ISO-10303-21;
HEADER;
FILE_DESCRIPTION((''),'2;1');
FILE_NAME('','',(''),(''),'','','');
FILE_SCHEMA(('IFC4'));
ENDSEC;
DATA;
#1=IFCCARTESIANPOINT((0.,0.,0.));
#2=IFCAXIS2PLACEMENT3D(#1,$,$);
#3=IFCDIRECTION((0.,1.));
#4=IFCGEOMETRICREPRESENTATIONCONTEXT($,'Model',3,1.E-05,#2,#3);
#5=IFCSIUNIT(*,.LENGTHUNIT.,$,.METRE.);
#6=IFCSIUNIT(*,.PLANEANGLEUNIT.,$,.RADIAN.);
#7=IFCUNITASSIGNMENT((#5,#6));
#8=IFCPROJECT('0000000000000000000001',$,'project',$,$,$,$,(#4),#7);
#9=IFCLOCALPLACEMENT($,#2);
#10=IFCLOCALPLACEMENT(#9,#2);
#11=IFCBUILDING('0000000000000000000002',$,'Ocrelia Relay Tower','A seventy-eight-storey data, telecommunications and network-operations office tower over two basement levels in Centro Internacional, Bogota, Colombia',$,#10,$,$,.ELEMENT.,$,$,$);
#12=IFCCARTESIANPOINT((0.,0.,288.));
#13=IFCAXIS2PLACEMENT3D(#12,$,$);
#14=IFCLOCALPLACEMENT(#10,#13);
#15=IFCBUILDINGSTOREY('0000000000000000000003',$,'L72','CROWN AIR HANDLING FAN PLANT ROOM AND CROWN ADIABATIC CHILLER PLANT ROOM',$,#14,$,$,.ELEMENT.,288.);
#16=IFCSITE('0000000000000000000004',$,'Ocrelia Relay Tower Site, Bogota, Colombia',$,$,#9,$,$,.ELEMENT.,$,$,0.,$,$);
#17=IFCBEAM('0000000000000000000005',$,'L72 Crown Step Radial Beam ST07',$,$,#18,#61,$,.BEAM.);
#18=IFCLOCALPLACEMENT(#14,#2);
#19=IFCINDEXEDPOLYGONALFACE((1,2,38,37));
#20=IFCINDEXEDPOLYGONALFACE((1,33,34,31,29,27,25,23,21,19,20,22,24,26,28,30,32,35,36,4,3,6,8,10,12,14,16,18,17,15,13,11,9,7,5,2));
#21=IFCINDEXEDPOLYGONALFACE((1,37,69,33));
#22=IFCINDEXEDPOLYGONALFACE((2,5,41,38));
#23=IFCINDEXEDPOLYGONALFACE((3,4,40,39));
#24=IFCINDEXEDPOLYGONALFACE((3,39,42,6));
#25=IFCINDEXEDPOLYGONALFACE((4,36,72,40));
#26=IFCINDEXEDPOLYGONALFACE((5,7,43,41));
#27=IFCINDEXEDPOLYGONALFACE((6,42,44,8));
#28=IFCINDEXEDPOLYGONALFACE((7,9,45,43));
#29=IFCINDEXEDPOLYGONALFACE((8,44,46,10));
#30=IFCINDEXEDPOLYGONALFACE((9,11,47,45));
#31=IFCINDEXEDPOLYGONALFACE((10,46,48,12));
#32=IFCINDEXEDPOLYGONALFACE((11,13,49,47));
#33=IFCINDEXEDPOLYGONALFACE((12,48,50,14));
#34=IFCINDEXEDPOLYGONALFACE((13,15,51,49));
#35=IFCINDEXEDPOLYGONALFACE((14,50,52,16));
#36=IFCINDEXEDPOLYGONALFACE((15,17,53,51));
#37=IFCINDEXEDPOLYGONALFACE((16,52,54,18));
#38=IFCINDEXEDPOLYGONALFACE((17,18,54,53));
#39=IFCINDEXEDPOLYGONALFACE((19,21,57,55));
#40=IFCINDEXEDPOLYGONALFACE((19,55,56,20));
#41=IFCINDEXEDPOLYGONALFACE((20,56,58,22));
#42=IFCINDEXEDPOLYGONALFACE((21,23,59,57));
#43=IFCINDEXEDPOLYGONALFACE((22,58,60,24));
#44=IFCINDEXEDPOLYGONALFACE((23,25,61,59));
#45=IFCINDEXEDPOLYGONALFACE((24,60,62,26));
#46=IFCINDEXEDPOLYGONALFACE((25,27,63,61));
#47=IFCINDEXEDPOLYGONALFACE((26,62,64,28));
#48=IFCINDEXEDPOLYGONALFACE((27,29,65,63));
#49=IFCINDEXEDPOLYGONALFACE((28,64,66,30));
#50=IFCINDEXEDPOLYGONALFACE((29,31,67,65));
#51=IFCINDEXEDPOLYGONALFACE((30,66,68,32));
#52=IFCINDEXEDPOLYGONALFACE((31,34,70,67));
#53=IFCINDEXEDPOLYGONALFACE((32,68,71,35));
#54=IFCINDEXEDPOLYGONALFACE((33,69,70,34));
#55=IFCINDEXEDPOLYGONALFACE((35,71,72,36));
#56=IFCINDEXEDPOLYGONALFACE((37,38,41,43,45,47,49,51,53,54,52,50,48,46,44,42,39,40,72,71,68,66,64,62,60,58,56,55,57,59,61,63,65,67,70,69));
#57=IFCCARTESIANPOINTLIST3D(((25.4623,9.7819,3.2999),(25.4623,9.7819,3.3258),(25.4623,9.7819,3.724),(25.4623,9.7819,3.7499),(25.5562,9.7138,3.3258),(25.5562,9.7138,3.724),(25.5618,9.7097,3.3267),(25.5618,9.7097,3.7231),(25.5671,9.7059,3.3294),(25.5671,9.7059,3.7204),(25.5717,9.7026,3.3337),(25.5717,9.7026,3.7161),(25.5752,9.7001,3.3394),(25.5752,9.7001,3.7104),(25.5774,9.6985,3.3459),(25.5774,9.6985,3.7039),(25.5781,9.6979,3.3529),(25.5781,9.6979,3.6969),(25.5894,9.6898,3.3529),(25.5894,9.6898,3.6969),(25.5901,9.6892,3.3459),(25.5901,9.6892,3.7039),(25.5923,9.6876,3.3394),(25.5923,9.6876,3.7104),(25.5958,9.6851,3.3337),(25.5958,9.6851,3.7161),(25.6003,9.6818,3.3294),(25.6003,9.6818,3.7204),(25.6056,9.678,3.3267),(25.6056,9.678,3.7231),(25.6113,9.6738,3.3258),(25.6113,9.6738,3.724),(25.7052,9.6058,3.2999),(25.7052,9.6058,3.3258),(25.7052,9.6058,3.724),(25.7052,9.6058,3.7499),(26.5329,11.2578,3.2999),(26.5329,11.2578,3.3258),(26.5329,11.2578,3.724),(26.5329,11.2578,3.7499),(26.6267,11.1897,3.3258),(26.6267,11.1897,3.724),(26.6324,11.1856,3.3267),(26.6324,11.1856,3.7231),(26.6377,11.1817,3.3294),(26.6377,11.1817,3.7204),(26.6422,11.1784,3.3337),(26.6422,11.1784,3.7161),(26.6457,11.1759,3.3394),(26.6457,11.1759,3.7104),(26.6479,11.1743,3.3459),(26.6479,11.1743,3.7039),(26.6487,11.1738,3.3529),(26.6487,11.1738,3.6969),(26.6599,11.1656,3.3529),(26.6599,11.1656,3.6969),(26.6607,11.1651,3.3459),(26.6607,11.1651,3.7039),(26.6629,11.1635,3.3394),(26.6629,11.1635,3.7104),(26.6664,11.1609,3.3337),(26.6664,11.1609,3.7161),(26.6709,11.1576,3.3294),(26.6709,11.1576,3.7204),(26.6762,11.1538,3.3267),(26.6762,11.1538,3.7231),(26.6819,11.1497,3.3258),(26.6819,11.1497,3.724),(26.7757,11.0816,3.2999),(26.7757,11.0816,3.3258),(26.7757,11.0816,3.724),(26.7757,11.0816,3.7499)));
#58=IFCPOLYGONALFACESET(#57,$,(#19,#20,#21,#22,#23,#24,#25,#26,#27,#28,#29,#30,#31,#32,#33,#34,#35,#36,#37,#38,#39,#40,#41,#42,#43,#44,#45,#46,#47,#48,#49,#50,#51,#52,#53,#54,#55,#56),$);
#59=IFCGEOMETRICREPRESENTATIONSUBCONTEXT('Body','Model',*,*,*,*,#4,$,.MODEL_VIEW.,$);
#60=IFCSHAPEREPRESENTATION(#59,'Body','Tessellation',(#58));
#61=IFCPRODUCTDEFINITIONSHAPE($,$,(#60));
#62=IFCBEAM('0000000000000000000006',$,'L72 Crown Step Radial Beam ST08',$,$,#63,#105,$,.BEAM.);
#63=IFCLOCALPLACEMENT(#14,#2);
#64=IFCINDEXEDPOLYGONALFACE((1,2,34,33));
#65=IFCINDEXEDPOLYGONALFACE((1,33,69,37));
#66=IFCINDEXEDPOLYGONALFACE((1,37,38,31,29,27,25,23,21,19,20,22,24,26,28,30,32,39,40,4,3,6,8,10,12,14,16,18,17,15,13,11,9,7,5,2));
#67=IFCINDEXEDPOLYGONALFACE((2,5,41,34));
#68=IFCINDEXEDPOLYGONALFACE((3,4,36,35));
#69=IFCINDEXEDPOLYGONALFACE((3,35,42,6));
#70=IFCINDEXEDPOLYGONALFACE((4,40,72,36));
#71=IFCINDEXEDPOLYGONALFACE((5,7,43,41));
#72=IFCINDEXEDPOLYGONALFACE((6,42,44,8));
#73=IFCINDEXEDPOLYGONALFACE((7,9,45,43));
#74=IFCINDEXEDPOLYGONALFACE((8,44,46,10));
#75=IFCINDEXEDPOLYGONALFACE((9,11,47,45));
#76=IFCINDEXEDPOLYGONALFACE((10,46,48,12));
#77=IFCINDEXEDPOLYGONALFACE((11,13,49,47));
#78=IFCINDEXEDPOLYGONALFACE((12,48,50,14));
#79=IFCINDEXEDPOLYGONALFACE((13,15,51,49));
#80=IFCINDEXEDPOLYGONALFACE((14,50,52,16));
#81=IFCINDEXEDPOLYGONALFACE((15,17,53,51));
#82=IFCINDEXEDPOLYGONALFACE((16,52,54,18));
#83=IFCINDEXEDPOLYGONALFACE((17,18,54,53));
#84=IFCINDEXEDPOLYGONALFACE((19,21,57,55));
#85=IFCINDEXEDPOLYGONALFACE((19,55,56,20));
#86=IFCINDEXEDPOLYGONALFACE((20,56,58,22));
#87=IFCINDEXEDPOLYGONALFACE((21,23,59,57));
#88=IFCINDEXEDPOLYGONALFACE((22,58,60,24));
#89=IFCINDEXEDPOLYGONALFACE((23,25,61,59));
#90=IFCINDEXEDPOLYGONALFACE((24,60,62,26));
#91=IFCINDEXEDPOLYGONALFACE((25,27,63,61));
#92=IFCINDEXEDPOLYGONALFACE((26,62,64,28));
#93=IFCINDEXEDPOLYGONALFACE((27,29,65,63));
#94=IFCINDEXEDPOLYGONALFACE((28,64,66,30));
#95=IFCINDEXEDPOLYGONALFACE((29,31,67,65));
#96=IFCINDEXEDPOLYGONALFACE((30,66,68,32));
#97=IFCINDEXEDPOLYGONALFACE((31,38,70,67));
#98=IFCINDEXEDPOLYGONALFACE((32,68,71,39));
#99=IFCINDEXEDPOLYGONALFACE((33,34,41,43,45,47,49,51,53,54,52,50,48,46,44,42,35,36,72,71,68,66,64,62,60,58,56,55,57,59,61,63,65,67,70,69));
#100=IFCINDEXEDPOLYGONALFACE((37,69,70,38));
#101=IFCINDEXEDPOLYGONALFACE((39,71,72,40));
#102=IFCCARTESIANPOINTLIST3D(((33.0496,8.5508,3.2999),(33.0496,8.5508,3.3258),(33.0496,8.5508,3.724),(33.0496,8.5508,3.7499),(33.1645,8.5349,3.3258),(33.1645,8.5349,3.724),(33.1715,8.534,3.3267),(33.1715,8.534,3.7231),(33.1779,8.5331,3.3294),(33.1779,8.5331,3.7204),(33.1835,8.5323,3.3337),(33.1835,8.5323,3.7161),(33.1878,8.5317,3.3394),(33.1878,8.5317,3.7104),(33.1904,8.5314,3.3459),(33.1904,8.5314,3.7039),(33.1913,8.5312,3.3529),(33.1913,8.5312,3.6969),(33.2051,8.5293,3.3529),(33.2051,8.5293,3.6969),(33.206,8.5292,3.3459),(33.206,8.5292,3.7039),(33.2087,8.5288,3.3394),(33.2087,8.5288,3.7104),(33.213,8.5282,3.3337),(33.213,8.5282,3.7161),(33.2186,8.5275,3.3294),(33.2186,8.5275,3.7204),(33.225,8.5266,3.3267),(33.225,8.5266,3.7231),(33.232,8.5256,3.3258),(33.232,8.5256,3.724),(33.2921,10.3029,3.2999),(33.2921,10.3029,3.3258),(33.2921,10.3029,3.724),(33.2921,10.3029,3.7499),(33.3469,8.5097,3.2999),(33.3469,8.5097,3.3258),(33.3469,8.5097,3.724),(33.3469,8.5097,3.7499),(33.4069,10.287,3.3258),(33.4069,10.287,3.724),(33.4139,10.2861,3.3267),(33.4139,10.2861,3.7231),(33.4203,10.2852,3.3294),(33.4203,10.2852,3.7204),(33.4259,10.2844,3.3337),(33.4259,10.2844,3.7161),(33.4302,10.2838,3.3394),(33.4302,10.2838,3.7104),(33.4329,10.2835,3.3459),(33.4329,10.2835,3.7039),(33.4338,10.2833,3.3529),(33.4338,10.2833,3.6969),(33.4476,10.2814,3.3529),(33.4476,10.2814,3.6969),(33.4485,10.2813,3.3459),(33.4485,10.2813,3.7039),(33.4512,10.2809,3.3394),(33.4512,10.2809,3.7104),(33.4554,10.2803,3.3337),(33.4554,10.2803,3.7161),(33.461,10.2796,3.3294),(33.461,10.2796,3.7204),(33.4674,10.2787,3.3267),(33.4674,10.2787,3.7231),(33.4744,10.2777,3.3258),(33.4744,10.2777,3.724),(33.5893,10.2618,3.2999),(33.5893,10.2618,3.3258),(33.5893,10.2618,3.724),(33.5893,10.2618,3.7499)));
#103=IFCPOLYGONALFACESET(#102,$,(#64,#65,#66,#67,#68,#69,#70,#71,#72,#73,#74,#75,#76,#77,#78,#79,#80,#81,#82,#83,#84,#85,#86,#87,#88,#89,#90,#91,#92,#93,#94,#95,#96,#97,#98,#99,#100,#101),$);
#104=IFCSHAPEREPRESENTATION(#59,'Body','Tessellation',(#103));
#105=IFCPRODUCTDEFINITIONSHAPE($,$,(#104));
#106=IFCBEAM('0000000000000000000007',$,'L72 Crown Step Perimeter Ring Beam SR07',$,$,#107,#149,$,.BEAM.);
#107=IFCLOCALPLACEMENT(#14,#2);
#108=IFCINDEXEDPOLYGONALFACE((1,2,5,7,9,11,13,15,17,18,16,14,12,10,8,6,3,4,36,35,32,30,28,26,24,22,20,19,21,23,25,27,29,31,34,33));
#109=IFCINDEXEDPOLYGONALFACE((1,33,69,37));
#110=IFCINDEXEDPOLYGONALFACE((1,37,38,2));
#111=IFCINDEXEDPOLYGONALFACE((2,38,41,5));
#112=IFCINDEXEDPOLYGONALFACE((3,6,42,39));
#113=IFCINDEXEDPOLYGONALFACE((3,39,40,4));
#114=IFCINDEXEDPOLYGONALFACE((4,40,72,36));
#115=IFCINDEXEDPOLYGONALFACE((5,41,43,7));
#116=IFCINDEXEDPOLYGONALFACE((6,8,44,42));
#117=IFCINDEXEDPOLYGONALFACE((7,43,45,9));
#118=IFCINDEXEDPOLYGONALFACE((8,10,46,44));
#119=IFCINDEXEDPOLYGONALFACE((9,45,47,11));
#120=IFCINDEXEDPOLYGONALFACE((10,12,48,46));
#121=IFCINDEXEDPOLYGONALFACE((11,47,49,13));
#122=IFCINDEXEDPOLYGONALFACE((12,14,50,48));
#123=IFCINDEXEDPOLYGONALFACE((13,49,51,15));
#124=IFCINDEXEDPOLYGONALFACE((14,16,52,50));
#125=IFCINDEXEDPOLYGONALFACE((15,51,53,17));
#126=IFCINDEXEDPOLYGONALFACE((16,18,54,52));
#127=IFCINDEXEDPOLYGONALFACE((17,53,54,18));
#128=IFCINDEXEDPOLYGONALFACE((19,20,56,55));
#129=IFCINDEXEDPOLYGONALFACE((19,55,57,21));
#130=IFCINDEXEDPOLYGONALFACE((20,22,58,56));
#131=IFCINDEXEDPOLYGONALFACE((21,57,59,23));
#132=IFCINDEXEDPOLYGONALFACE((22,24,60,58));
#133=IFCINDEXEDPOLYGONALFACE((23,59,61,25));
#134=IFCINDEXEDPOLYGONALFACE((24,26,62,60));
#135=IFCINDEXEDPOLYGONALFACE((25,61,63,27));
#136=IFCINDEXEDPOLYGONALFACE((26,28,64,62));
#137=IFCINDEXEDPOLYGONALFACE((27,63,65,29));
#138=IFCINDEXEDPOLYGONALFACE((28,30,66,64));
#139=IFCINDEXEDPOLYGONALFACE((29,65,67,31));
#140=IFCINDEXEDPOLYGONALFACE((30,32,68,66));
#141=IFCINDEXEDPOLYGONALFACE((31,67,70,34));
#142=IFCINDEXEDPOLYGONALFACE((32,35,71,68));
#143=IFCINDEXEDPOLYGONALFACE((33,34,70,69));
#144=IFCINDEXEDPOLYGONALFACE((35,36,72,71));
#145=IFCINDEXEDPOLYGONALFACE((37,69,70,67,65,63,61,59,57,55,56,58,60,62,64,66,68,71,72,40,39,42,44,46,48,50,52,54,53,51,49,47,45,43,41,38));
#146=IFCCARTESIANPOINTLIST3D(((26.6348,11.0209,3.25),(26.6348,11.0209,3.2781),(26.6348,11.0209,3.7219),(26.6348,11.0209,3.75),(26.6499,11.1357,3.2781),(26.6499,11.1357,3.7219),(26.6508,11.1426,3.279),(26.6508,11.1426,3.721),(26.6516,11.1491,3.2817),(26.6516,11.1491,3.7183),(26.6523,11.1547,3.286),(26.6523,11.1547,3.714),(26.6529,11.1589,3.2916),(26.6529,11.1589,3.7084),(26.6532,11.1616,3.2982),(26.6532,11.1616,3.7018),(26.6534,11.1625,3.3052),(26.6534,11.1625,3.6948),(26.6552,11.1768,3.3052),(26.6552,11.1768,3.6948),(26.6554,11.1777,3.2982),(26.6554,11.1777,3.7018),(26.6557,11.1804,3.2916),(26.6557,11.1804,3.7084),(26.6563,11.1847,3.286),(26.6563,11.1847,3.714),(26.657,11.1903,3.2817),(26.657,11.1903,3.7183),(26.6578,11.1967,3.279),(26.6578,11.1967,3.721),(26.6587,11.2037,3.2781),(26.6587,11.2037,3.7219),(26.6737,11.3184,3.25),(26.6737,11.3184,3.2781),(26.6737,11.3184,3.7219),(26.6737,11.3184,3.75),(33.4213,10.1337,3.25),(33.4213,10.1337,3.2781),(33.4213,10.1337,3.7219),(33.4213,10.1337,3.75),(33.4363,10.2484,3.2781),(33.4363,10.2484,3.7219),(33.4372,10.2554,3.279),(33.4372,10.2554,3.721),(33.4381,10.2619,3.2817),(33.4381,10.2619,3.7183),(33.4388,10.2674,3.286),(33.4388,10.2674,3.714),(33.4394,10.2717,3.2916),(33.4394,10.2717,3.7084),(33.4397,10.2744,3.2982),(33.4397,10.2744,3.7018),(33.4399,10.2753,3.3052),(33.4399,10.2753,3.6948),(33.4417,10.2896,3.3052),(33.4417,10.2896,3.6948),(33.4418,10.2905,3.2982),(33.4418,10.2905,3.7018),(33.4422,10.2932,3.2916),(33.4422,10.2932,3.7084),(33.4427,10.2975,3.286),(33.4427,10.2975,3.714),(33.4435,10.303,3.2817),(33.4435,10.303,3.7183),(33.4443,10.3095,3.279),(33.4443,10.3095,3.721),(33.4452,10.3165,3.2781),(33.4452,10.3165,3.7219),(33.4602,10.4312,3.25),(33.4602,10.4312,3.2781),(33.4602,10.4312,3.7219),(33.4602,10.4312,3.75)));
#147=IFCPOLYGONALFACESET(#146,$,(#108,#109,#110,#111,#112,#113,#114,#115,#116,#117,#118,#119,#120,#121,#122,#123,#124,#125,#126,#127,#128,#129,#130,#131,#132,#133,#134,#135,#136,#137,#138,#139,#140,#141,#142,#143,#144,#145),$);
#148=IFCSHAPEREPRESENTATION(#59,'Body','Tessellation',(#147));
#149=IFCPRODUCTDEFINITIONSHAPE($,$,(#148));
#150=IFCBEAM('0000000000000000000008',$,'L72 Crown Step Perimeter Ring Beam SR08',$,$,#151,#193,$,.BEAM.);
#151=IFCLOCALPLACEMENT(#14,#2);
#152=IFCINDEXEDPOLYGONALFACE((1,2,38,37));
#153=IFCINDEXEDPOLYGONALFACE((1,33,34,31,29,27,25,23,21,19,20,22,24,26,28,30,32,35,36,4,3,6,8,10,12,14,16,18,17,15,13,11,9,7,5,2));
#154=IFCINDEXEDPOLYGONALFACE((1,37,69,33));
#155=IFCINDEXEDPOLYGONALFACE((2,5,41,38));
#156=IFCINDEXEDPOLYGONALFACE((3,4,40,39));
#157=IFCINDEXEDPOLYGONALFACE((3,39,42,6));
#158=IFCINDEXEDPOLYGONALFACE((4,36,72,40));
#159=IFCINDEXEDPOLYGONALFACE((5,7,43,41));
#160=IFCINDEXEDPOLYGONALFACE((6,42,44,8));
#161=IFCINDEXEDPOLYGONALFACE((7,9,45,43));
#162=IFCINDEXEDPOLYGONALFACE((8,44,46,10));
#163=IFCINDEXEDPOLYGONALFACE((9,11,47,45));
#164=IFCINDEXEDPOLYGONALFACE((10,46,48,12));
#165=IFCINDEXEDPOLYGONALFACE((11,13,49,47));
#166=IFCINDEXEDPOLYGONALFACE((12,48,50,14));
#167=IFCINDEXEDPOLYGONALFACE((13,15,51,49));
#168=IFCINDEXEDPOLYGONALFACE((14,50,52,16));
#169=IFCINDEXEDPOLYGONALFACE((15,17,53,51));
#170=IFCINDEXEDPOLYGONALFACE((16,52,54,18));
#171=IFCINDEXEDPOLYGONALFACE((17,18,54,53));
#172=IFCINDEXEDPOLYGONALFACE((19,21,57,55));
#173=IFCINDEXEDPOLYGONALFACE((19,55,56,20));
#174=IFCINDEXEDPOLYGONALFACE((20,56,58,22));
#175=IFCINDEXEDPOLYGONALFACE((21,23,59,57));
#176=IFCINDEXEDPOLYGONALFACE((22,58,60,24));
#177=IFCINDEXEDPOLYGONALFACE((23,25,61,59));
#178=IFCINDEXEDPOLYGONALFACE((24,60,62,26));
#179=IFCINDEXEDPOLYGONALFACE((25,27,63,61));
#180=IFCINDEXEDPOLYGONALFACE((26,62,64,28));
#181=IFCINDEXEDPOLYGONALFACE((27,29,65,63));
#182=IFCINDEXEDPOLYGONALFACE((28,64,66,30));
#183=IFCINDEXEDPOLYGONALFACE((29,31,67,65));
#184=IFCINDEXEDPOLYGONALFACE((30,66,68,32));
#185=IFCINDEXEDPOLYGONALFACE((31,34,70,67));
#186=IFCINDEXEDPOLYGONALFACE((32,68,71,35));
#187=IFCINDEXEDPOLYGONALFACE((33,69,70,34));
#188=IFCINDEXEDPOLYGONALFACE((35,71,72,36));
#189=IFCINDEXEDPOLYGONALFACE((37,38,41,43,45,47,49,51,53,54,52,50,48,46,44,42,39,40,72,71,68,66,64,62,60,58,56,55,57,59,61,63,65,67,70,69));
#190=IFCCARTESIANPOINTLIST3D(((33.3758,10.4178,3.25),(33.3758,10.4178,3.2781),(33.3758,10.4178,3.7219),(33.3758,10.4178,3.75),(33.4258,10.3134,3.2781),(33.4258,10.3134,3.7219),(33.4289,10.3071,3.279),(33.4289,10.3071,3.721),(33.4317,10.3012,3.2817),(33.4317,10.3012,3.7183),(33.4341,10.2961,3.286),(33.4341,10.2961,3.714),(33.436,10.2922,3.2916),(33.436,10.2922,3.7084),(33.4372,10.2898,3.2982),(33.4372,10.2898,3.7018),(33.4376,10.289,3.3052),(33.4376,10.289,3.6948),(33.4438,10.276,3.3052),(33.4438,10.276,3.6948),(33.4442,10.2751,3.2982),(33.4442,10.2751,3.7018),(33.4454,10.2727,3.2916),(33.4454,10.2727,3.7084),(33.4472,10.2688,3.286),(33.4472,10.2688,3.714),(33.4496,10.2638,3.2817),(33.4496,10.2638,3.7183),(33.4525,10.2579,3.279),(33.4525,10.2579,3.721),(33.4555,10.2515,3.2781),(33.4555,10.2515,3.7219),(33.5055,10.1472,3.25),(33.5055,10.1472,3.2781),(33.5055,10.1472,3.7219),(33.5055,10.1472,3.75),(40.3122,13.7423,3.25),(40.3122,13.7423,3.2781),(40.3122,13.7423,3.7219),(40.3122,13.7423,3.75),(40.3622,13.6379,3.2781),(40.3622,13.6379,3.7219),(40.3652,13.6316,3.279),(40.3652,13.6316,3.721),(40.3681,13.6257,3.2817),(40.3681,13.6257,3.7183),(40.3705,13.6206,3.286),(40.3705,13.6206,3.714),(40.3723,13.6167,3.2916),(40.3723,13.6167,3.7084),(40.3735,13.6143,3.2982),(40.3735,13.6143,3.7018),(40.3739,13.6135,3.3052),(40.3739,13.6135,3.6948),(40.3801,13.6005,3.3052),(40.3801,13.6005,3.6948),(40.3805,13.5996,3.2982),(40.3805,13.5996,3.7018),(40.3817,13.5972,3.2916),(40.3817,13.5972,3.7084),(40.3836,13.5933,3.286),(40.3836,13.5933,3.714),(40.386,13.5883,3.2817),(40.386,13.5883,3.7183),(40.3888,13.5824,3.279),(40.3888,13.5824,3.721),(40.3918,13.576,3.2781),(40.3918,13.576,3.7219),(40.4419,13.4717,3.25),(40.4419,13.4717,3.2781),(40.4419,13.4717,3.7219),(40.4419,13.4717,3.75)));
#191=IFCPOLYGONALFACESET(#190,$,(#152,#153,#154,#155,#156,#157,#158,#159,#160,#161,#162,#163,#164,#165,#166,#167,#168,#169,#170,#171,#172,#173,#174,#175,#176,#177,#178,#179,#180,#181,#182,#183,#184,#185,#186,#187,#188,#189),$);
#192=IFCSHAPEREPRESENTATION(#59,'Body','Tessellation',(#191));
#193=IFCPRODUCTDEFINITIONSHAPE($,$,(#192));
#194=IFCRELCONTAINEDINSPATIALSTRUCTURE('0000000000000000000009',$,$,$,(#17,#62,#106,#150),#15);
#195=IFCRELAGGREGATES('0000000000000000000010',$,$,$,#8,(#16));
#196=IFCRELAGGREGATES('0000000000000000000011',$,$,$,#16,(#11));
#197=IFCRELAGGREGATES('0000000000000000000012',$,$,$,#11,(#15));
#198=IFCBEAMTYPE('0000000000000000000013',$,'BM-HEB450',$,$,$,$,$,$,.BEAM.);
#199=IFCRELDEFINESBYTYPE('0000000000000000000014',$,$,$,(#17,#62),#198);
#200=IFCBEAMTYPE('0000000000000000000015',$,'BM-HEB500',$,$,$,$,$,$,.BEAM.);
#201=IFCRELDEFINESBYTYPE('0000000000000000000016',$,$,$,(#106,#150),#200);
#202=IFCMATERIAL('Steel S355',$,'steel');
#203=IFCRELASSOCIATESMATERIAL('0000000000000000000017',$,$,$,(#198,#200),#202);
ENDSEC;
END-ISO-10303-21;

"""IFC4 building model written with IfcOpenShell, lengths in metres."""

from ifc_helpers import new_model, si_unit, direction, frame, origin, origin_2d, place, context, subcontext, project, spatial, i_section, extrude, material, material_profile, profile_set, type_object, element, save


model = new_model("IFC4")

# Units and contexts
model_context = context("Model", 3, precision=1e-05, world=origin(), true_north=direction((0.0, 1.0)))
body_context = subcontext(model_context, "Body", "Model", "MODEL_VIEW")
ifc_project = project(units=[si_unit("LENGTHUNIT", "METRE"), si_unit("PLANEANGLEUNIT", "RADIAN")], contexts=[model_context])

# Site, building, storey
site_placement = place(None, origin())
site = spatial("IfcSite", under=ifc_project, at=site_placement, Name="Ocrelia Relay Tower Site, Bogota, Colombia", CompositionType="ELEMENT", RefElevation=0.0)
building_placement = place(site_placement, origin())
building = spatial("IfcBuilding", under=site, at=building_placement, Name="Ocrelia Relay Tower", Description="A seventy-eight-storey data, telecommunications and network-operations office tower over two basement levels in Centro Internacional, Bogota, Colombia", CompositionType="ELEMENT")
storey_placement = place(building_placement, frame((0.0, 0.0, 288.0)))
storey = spatial("IfcBuildingStorey", under=building, at=storey_placement, Name="L72", Description="CROWN AIR HANDLING FAN PLANT ROOM AND CROWN ADIABATIC CHILLER PLANT ROOM", CompositionType="ELEMENT", Elevation=288.0)

# Beams
ifc_material_1 = material(Name="Steel S355", Category="steel")
ifc_material_profile_1 = material_profile(ifc_material_1, i_section(OverallWidth=0.3, OverallDepth=0.45, WebThickness=0.0139, FlangeThickness=0.0259, FilletRadius=0.0271, at=origin_2d()), Name="HEB 450")
ifc_profile_set_1 = profile_set([ifc_material_profile_1], Name="Steel S355")
beam_type_1 = type_object("IfcBeamType", Name="BM-HEB450", PredefinedType="BEAM", material=ifc_profile_set_1)
beam_1_placement = place(storey_placement, frame((25.5837, 9.6938, 3.5249), z_axis=(0.587176, 0.809459, 0.0), x_axis=(-0.809459, 0.587176, 0.0)))
element("IfcBeam", 1, at=beam_1_placement, inside=storey, type_object=beam_type_1, Name="L72 Crown Step Radial Beam ST07", PredefinedType="BEAM", context=body_context, shape_type="SweptSolid", body=[
    extrude(i_section(OverallWidth=0.3, OverallDepth=0.45, WebThickness=0.0139, FlangeThickness=0.0259, FilletRadius=0.0271, at=origin_2d()), origin(), (0.0, 0.0, 1.0), 1.8232),
])
beam_2_placement = place(storey_placement, frame((33.1982, 8.5303, 3.5249), z_axis=(0.137053, 0.990564, 0.0), x_axis=(-0.990564, 0.137053, 0.0)))
element("IfcBeam", 2, at=beam_2_placement, inside=storey, type_object=beam_type_1, Name="L72 Crown Step Radial Beam ST08", PredefinedType="BEAM", context=body_context, shape_type="SweptSolid", body=[
    extrude(i_section(OverallWidth=0.3, OverallDepth=0.45, WebThickness=0.0139, FlangeThickness=0.0259, FilletRadius=0.0271, at=origin_2d()), origin(), (0.0, 0.0, 1.0), 1.7688),
])
ifc_material_profile_2 = material_profile(ifc_material_1, i_section(OverallWidth=0.3, OverallDepth=0.5, WebThickness=0.0144, FlangeThickness=0.0281, FilletRadius=0.0271, at=origin_2d()), Name="HEB 500")
ifc_profile_set_2 = profile_set([ifc_material_profile_2], Name="Steel S355")
beam_type_2 = type_object("IfcBeamType", Name="BM-HEB500", PredefinedType="BEAM", material=ifc_profile_set_2)
beam_3_placement = place(storey_placement, frame((26.6543, 11.1697, 3.5), z_axis=(0.991562, -0.12963, 0.0), x_axis=(0.12963, 0.991562, 0.0)))
element("IfcBeam", 3, at=beam_3_placement, inside=storey, type_object=beam_type_2, Name="L72 Crown Step Perimeter Ring Beam SR07", PredefinedType="BEAM", context=body_context, shape_type="SweptSolid", body=[
    extrude(i_section(OverallWidth=0.3, OverallDepth=0.5, WebThickness=0.0144, FlangeThickness=0.0281, FilletRadius=0.0271, at=origin_2d()), origin(), (0.0, 0.0, 1.0), 6.8442),
])
beam_4_placement = place(storey_placement, frame((33.4407, 10.2825, 3.5), z_axis=(0.901774, 0.432208, 0.0), x_axis=(-0.432208, 0.901774, 0.0)))
element("IfcBeam", 4, at=beam_4_placement, inside=storey, type_object=beam_type_2, Name="L72 Crown Step Perimeter Ring Beam SR08", PredefinedType="BEAM", context=body_context, shape_type="SweptSolid", body=[
    extrude(i_section(OverallWidth=0.3, OverallDepth=0.5, WebThickness=0.0144, FlangeThickness=0.0281, FilletRadius=0.0271, at=origin_2d()), origin(), (0.0, 0.0, 1.0), 7.6919),
])

save(model, "model.ifc")
